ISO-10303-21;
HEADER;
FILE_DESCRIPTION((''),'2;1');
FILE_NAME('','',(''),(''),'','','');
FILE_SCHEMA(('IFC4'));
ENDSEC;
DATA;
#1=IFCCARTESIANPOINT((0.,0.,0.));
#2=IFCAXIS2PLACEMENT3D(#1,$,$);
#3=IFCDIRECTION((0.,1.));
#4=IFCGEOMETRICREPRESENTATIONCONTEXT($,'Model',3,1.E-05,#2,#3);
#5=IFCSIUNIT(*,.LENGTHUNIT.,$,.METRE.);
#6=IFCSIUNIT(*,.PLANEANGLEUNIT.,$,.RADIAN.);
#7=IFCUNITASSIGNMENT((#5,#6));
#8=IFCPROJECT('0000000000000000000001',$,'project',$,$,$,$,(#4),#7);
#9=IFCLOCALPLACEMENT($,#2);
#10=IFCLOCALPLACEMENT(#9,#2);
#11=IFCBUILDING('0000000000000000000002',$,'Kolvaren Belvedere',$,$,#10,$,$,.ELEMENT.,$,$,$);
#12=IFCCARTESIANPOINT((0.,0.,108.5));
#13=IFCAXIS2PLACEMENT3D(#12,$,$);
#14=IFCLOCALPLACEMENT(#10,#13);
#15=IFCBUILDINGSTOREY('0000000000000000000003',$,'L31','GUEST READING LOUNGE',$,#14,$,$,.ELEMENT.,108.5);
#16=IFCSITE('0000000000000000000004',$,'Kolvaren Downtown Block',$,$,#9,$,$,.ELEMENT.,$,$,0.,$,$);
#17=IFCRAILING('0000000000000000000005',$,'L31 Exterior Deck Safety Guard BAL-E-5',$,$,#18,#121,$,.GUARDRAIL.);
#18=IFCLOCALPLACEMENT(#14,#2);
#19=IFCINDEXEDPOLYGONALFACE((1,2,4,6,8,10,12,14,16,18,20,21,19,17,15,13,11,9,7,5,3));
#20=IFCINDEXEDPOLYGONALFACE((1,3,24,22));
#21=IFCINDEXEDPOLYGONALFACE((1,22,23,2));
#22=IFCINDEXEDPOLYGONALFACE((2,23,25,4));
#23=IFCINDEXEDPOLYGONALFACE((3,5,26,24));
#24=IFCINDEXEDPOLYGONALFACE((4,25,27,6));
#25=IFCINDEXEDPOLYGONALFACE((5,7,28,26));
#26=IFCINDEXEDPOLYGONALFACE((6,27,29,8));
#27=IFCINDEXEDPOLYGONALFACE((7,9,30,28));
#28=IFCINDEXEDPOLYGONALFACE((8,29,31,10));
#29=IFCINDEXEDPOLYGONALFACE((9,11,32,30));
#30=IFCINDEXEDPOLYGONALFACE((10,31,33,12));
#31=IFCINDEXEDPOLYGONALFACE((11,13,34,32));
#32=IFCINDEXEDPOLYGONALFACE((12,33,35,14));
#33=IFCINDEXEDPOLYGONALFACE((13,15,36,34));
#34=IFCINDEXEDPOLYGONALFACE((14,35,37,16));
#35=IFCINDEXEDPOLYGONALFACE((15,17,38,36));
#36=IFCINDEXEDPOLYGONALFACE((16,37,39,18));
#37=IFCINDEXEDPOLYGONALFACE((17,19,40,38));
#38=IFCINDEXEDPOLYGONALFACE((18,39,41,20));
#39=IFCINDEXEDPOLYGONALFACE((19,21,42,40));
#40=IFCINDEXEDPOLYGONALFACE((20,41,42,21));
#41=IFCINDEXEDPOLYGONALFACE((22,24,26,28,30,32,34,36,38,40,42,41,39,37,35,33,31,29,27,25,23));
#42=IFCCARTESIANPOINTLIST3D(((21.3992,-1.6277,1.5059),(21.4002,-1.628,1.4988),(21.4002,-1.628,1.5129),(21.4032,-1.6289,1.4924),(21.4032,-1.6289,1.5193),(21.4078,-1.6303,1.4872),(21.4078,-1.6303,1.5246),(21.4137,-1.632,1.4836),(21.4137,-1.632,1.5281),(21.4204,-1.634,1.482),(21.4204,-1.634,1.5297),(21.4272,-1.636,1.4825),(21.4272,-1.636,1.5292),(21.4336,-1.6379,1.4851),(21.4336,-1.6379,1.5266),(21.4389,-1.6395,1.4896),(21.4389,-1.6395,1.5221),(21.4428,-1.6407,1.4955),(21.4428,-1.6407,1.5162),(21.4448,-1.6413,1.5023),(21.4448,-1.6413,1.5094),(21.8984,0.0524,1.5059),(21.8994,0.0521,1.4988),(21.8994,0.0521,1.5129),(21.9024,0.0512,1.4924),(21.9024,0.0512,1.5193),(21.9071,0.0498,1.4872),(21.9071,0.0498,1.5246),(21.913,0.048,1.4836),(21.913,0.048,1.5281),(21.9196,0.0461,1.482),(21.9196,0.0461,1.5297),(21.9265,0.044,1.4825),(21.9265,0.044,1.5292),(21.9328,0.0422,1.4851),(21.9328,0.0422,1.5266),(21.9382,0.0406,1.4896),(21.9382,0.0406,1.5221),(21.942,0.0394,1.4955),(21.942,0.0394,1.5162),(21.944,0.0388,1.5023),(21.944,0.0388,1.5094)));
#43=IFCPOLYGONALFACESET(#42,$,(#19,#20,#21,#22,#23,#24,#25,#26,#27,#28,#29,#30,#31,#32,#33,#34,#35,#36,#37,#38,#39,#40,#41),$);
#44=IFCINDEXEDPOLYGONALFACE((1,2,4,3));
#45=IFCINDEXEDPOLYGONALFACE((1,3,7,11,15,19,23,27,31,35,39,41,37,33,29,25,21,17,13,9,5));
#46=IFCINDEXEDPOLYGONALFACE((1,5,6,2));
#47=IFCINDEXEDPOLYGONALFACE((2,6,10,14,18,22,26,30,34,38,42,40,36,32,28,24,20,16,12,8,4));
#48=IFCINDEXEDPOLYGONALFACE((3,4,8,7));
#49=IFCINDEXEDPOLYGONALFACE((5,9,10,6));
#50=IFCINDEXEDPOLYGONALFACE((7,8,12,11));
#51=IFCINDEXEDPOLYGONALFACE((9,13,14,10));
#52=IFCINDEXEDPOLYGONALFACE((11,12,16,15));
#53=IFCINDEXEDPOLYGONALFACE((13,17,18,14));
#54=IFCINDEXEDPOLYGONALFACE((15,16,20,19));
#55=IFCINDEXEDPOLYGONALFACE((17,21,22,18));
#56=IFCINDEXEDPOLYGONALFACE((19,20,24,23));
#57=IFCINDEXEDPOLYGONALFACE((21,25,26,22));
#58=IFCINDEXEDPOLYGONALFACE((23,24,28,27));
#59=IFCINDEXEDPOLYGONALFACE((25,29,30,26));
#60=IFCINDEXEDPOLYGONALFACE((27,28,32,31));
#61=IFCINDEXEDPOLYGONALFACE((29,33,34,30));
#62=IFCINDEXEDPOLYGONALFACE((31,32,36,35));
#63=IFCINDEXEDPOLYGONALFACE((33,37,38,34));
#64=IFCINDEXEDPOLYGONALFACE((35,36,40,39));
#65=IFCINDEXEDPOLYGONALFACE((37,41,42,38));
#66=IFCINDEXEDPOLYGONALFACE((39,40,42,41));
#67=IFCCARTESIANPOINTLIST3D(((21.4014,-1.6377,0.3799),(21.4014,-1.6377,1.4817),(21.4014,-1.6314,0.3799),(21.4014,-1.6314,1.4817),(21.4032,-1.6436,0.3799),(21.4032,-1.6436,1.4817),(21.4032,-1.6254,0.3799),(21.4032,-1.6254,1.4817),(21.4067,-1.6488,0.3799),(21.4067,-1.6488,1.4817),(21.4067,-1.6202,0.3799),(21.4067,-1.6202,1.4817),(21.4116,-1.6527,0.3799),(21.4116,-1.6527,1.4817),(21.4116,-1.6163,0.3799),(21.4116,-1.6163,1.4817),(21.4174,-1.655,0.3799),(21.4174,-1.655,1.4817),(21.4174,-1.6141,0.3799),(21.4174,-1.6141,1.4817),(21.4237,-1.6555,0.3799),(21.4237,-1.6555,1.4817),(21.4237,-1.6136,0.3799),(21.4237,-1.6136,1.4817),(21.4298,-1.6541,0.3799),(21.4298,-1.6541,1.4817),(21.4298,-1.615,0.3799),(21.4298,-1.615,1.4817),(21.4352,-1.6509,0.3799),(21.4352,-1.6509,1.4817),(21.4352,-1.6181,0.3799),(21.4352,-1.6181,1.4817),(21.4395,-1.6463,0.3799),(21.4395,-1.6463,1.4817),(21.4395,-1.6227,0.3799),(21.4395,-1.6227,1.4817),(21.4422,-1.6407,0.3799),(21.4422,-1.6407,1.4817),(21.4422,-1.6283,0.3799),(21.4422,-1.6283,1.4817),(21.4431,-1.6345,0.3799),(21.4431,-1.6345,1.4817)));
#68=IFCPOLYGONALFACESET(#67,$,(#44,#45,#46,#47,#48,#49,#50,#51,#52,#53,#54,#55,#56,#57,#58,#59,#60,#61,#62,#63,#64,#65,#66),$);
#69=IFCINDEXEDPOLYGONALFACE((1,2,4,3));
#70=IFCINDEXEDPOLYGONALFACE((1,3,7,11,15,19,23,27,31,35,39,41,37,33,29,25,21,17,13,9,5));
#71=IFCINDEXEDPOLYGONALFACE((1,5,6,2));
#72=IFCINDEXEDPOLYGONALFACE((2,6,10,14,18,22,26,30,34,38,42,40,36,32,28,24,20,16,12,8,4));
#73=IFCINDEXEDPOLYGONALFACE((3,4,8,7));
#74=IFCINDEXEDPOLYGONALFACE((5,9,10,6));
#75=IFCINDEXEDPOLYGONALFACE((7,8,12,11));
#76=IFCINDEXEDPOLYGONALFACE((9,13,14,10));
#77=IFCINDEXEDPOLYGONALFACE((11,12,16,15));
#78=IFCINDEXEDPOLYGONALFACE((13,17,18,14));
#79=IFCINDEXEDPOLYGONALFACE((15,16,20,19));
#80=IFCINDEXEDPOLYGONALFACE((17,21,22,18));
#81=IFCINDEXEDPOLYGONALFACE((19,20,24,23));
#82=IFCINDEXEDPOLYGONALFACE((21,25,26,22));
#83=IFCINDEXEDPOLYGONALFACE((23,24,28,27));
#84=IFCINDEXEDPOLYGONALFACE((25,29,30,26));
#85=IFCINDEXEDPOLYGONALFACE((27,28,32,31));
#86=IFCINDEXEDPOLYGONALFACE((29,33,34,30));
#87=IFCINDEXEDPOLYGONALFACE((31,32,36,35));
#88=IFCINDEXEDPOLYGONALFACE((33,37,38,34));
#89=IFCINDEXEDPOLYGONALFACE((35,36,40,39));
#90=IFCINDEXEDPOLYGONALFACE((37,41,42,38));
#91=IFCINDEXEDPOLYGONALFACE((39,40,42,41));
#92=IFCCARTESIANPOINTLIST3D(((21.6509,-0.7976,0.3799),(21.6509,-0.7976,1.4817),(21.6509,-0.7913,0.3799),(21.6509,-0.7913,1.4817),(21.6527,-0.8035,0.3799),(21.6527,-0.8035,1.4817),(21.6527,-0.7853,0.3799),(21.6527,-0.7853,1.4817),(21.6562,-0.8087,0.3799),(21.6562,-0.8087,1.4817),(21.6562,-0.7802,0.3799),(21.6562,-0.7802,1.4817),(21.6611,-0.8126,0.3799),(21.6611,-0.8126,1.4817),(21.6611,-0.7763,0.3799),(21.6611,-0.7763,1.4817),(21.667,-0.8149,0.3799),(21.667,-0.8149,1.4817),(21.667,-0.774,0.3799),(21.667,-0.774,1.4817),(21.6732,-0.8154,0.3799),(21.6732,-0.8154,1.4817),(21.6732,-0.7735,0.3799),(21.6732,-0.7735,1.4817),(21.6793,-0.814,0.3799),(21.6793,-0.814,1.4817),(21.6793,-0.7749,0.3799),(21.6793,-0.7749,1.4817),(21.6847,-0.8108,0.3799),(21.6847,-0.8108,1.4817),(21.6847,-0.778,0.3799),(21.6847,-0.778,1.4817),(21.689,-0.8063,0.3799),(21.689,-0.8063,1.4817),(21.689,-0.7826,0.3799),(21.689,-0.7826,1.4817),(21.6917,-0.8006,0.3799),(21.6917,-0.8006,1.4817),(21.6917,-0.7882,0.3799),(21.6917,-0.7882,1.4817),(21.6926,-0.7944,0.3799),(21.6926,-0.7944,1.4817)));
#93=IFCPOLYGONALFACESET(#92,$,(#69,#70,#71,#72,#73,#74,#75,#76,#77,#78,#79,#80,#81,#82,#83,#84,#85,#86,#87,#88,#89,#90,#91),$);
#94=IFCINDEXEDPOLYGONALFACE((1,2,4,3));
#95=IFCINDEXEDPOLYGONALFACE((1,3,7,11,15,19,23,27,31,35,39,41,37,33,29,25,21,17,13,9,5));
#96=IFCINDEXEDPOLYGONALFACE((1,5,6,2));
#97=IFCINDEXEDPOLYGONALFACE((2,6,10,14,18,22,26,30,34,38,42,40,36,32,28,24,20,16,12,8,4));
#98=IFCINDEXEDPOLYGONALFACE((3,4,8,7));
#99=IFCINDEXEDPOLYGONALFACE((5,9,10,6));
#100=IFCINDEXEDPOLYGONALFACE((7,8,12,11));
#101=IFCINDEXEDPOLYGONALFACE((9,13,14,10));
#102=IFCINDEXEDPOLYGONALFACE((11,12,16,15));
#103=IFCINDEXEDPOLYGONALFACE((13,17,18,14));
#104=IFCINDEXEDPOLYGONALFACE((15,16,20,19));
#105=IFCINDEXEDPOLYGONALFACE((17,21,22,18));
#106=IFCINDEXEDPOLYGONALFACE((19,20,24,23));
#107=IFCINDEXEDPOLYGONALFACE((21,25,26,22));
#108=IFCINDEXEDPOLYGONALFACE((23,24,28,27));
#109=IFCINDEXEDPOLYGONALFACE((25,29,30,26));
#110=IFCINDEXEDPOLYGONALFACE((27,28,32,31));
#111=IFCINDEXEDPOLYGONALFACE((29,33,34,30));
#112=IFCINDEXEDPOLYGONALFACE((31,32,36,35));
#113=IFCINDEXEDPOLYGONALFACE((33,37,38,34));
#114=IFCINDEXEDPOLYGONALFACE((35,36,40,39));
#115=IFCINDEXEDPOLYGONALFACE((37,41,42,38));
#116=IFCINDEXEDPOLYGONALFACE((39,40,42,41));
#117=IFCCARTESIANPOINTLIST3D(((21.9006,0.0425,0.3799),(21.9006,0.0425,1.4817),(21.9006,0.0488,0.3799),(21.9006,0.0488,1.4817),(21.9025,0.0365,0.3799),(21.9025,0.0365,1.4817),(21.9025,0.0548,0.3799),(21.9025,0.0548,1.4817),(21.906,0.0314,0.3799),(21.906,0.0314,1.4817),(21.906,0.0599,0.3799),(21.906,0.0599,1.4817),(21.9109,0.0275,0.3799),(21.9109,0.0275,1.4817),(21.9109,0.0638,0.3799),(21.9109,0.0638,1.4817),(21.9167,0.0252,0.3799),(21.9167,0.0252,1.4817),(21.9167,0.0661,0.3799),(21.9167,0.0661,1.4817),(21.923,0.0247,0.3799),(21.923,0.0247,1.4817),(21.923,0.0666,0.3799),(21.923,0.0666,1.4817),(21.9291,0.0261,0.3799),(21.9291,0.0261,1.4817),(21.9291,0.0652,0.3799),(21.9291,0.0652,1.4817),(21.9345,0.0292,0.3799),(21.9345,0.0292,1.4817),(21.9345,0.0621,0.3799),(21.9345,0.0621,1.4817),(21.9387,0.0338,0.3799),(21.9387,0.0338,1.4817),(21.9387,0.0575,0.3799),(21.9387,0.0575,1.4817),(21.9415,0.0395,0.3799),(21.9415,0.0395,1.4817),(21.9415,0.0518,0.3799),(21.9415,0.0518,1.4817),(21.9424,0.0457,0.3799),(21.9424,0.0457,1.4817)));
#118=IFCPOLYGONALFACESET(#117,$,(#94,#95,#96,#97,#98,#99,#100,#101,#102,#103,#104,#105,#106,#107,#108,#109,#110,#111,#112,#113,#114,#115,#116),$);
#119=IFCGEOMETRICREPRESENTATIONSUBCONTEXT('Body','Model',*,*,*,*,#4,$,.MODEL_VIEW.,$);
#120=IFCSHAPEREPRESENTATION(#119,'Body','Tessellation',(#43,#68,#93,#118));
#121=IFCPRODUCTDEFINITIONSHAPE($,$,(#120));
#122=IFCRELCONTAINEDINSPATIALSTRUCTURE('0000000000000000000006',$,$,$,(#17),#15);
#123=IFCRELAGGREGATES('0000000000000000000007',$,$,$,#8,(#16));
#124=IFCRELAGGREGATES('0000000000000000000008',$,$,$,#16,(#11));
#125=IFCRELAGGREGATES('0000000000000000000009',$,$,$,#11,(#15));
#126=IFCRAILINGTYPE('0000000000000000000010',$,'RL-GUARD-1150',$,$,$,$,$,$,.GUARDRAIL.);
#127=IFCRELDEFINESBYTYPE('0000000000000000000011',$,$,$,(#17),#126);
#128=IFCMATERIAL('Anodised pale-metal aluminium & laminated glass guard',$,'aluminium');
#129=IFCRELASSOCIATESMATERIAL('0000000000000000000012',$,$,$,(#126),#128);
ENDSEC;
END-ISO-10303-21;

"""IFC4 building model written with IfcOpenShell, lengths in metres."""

from ifc_helpers import new_model, si_unit, direction, frame, origin, origin_2d, place, context, subcontext, project, spatial, circle, extrude, material, type_object, element, save


model = new_model("IFC4")

# Units and contexts
model_context = context("Model", 3, precision=1e-05, world=origin(), true_north=direction((0.0, 1.0)))
body_context = subcontext(model_context, "Body", "Model", "MODEL_VIEW")
ifc_project = project(units=[si_unit("LENGTHUNIT", "METRE"), si_unit("PLANEANGLEUNIT", "RADIAN")], contexts=[model_context])

# Site, building, storey
site_placement = place(None, origin())
site = spatial("IfcSite", under=ifc_project, at=site_placement, Name="Kolvaren Downtown Block", CompositionType="ELEMENT", RefElevation=0.0)
building_placement = place(site_placement, origin())
building = spatial("IfcBuilding", under=site, at=building_placement, Name="Kolvaren Belvedere", CompositionType="ELEMENT")
storey_placement = place(building_placement, frame((0.0, 0.0, 108.5)))
storey = spatial("IfcBuildingStorey", under=building, at=storey_placement, Name="L31", Description="GUEST READING LOUNGE", CompositionType="ELEMENT", Elevation=108.5)

# Railing
ifc_material_1 = material(Name="Anodised pale-metal aluminium & laminated glass guard", Category="aluminium")
railing_type = type_object("IfcRailingType", Name="RL-GUARD-1150", PredefinedType="GUARDRAIL", material=ifc_material_1)
railing_1_placement = place(storey_placement, frame((21.4221, -1.6345, 0.3799)))
element("IfcRailing", 1, at=railing_1_placement, inside=storey, type_object=railing_type, Name="L31 Exterior Deck Safety Guard BAL-E-5", PredefinedType="GUARDRAIL", context=body_context, shape_type="SweptSolid", body=[
    extrude(circle(Radius=0.0239, at=origin_2d()), frame((0.0, 0.0, 1.126), z_axis=(0.284842, 0.958574, 0.0), x_axis=(-0.958574, 0.284842, 0.0)), (0.0, 0.0, 1.0), 1.7527),
    extrude(circle(Radius=0.021, at=origin_2d()), origin(), (0.0, 0.0, 1.0), 1.1018),
    extrude(circle(Radius=0.021, at=origin_2d()), frame((0.2495, 0.8401, 0.0)), (0.0, 0.0, 1.0), 1.1018),
    extrude(circle(Radius=0.021, at=origin_2d()), frame((0.4993, 1.6802, 0.0)), (0.0, 0.0, 1.0), 1.1018),
])

save(model, "model.ifc")
